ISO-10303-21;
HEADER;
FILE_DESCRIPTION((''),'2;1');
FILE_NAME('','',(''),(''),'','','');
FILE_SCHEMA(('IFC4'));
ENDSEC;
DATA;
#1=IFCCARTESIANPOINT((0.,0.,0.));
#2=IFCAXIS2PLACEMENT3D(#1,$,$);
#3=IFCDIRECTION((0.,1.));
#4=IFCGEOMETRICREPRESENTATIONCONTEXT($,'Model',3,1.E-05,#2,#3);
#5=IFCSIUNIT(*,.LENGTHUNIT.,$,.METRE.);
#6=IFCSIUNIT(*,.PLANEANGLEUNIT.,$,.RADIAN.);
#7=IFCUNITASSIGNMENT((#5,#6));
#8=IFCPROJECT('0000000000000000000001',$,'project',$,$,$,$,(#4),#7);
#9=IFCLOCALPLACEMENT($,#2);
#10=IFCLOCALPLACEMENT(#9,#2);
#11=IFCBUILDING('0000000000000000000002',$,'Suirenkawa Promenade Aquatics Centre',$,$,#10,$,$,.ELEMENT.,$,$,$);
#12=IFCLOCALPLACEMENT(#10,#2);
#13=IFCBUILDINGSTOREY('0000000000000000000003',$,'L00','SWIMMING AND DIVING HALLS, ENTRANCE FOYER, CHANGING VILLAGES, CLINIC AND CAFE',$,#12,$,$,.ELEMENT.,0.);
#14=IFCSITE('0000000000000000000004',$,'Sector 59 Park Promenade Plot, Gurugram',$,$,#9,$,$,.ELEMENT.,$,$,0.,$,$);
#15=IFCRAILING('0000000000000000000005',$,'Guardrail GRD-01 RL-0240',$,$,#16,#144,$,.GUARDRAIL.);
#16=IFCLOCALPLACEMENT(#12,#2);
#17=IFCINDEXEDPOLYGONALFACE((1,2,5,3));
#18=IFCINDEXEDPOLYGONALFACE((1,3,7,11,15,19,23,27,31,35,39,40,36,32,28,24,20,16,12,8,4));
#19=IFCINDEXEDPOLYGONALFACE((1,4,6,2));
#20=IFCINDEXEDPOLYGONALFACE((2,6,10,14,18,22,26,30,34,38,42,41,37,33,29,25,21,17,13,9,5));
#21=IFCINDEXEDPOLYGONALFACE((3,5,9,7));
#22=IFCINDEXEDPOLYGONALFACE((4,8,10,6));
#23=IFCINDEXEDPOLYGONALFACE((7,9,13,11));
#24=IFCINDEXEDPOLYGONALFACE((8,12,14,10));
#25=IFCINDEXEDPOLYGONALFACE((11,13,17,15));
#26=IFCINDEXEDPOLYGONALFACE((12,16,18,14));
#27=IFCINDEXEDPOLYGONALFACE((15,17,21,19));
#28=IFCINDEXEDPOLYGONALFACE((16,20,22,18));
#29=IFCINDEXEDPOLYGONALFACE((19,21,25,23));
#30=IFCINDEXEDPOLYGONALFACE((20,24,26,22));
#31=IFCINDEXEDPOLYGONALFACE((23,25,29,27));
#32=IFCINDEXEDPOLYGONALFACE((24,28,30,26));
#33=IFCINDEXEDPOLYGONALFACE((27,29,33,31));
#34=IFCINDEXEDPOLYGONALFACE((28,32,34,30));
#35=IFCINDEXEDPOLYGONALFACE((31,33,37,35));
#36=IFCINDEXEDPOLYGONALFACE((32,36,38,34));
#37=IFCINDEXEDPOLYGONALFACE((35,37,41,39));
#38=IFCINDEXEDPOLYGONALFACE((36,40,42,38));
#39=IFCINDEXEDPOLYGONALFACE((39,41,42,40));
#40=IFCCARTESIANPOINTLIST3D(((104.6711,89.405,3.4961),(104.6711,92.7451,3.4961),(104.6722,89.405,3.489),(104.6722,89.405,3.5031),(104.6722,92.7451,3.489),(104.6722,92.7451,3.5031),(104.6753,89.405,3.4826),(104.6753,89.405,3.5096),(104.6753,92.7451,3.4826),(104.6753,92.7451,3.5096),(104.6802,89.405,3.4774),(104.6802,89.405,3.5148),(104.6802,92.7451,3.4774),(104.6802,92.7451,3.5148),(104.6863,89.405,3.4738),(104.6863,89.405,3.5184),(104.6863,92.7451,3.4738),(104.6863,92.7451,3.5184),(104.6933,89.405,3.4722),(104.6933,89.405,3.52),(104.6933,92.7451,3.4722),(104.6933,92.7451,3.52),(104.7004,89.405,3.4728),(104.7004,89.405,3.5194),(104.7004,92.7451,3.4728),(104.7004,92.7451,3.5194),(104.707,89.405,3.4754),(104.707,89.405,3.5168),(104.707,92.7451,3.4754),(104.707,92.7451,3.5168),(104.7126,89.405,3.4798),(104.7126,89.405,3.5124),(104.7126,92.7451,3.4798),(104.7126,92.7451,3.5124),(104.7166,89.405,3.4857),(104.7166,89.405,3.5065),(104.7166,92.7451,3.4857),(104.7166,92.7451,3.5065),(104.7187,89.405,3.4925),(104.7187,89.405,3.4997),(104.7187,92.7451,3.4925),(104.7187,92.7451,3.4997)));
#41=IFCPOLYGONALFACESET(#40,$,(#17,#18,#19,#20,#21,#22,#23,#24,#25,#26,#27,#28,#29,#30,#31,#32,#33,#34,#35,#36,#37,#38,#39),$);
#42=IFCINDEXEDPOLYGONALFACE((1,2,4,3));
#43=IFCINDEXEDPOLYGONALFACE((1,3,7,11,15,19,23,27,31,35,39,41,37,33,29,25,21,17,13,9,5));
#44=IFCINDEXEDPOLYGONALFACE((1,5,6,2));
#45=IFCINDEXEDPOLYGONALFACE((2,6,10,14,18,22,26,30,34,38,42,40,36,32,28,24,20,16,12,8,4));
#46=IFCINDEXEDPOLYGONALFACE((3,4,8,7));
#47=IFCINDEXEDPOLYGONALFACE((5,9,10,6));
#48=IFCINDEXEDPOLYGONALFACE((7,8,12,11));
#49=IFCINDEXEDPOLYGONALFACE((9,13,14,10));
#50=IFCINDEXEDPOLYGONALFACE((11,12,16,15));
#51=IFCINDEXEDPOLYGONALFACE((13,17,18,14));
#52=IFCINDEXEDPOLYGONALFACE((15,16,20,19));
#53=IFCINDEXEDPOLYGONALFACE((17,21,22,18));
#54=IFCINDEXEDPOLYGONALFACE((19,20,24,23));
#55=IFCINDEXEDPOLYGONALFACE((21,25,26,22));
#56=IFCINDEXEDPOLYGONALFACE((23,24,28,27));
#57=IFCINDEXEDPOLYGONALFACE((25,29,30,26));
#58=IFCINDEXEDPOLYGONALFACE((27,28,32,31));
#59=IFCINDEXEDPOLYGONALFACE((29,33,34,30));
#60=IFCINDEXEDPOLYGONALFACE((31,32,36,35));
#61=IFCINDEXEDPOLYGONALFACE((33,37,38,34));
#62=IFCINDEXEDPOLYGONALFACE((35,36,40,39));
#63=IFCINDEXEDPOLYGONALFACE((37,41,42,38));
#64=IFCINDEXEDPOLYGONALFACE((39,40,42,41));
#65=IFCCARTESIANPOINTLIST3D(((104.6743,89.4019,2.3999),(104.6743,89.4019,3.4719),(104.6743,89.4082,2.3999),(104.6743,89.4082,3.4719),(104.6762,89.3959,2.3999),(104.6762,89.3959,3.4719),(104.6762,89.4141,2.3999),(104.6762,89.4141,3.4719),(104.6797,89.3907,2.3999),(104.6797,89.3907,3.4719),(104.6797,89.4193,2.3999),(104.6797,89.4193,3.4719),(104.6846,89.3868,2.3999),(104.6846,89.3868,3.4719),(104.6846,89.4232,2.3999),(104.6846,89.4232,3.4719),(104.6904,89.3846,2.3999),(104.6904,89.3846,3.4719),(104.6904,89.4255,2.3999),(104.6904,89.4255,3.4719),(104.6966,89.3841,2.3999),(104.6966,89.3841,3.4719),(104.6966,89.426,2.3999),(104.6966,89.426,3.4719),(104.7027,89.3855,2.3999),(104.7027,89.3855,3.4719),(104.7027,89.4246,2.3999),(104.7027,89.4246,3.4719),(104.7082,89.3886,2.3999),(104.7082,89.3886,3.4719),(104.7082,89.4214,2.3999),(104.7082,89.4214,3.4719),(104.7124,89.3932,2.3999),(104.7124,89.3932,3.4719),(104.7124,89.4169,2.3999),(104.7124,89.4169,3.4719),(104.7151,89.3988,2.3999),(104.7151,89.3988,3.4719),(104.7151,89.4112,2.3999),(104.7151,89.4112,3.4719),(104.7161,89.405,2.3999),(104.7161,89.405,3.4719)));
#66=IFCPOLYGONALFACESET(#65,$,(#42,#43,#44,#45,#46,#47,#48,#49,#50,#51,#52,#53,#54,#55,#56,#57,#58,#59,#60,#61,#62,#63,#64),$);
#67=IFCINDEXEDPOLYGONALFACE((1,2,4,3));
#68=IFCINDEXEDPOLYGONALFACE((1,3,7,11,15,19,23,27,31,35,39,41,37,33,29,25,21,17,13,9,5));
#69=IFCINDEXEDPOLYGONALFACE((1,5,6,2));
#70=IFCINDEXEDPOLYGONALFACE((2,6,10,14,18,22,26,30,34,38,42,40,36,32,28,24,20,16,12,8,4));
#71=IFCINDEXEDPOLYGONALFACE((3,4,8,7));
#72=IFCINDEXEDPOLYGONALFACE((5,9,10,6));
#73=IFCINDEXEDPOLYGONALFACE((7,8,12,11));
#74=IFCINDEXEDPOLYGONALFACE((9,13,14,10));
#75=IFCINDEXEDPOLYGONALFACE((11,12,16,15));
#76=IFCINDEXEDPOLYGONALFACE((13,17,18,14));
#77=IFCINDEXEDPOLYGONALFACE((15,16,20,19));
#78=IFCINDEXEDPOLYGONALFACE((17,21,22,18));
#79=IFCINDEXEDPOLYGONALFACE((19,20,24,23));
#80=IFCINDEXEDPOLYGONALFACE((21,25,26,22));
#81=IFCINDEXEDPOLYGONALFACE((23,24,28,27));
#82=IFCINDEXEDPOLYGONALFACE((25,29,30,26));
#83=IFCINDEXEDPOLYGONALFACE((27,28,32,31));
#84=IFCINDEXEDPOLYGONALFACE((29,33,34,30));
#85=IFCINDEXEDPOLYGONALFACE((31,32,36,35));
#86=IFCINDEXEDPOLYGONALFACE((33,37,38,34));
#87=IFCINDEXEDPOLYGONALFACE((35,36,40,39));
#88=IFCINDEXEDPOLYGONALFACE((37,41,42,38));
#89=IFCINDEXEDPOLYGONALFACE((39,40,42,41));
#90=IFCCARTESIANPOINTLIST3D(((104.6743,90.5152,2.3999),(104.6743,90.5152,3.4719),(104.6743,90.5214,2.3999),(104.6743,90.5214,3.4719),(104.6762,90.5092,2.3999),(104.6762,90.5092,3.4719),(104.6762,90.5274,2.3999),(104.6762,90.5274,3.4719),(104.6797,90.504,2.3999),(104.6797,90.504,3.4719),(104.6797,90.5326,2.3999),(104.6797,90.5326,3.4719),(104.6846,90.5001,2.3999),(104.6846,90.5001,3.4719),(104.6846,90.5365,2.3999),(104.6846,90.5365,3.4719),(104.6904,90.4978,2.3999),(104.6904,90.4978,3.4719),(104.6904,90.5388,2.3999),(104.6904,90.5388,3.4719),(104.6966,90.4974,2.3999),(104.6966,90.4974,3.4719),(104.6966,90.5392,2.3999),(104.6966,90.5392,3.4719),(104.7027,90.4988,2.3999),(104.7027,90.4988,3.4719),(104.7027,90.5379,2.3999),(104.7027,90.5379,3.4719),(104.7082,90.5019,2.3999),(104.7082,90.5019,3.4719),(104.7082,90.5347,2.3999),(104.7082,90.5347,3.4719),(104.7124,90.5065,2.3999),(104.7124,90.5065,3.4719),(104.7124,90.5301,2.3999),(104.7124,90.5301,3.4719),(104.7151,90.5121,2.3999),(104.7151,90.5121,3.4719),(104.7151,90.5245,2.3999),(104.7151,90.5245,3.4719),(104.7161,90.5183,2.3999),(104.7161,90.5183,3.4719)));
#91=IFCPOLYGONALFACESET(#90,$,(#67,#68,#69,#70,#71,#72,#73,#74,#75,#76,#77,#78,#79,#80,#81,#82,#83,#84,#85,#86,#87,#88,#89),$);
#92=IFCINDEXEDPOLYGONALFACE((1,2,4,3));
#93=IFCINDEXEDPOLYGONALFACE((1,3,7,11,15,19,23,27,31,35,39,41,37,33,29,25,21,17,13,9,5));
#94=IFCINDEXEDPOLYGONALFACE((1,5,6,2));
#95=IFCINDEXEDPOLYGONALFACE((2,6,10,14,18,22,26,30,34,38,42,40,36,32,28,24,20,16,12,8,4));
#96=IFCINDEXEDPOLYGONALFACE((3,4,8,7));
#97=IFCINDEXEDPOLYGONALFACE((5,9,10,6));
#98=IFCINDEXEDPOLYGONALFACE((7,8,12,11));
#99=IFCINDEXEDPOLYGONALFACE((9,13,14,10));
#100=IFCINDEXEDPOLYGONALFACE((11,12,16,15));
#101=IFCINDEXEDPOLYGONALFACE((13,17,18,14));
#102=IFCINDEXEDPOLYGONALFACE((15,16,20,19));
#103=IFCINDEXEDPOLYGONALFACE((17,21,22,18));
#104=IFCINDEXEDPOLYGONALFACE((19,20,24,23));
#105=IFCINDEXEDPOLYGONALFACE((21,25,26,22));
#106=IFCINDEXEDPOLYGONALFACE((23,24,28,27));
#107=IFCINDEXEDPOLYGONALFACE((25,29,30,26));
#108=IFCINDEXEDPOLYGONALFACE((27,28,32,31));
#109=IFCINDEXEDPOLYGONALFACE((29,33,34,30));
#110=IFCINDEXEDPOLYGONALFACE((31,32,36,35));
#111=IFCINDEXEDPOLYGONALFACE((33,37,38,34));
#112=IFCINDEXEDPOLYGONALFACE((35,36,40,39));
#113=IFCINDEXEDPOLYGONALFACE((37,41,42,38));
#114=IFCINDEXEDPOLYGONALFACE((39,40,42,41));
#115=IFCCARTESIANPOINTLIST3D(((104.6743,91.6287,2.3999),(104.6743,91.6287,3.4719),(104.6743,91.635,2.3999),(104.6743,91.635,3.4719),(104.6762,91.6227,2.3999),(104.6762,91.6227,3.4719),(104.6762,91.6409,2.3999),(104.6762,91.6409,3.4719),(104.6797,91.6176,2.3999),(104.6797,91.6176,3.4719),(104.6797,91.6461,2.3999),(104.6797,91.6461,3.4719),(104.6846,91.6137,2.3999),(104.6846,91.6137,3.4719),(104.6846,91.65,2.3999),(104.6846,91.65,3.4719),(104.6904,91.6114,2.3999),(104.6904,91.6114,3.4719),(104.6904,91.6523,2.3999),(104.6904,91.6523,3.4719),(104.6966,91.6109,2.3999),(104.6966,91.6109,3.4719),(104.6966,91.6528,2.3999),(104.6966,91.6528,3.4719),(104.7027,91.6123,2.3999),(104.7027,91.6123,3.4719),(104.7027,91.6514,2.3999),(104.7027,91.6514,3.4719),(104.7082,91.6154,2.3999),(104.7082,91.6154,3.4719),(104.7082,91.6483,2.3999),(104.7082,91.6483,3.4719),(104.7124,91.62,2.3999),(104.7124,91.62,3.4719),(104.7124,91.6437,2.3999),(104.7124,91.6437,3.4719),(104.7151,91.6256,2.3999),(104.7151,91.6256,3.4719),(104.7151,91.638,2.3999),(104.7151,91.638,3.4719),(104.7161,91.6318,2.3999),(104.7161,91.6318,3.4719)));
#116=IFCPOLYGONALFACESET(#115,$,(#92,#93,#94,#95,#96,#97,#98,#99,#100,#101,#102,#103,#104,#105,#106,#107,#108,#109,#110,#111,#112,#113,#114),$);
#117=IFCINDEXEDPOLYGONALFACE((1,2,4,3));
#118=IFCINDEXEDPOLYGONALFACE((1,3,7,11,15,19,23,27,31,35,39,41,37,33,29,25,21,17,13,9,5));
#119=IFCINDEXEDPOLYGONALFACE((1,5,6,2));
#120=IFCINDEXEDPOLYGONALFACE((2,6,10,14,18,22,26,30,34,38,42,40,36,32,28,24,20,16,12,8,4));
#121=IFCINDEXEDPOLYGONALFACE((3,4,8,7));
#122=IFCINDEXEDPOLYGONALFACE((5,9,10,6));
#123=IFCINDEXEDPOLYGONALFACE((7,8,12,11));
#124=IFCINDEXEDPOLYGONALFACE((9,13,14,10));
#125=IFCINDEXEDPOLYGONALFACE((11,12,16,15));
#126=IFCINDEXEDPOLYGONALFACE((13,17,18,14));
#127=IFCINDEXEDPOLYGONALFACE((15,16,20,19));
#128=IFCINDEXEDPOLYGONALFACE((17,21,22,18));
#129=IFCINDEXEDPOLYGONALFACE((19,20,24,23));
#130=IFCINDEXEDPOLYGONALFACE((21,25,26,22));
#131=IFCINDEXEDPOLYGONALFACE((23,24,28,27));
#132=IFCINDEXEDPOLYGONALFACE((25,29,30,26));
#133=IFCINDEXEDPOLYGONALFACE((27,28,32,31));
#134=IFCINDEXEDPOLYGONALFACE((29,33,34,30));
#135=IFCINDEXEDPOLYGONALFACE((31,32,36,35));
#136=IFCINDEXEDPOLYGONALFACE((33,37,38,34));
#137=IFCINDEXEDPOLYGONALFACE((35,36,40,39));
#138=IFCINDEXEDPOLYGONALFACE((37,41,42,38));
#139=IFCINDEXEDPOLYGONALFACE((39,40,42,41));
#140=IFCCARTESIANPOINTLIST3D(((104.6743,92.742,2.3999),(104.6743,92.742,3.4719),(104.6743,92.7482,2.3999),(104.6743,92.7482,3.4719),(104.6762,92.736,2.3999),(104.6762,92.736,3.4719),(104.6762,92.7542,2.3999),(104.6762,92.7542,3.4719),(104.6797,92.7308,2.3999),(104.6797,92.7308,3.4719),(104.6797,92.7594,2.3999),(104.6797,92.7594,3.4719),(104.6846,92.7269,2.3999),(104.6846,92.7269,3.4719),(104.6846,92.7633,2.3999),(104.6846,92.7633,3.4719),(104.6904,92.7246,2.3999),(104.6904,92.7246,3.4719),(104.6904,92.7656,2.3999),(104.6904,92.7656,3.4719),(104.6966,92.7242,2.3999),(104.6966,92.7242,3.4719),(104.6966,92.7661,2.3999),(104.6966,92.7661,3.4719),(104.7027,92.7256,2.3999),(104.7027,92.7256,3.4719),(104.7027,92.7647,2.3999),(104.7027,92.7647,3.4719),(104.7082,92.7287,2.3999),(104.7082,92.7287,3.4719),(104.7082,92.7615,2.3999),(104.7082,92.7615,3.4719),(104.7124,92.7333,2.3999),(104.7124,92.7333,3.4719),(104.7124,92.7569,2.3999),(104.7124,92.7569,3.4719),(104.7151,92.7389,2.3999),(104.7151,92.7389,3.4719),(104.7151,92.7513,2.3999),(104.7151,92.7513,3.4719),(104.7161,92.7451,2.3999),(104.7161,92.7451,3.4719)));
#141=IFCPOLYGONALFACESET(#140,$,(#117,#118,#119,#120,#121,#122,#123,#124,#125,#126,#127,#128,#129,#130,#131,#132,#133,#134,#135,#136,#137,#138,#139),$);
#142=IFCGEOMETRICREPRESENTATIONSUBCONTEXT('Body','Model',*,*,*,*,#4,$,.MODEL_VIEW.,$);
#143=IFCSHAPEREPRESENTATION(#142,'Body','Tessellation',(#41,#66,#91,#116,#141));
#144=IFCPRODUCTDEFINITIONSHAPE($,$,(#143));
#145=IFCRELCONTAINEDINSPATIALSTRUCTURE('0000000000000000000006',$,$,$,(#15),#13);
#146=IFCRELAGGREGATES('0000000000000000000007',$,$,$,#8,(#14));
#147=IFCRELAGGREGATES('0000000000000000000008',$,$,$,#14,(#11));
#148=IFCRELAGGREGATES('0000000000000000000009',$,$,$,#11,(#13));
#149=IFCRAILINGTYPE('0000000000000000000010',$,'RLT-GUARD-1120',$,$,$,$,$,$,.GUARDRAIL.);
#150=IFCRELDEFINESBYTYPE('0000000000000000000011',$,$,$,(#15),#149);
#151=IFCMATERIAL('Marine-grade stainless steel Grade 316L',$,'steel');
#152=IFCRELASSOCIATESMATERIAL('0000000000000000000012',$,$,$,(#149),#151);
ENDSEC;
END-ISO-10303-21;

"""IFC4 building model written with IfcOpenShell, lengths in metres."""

from ifc_helpers import new_model, si_unit, direction, frame, origin, origin_2d, place, context, subcontext, project, spatial, circle, extrude, material, type_object, element, save


model = new_model("IFC4")

# Units and contexts
model_context = context("Model", 3, precision=1e-05, world=origin(), true_north=direction((0.0, 1.0)))
body_context = subcontext(model_context, "Body", "Model", "MODEL_VIEW")
ifc_project = project(units=[si_unit("LENGTHUNIT", "METRE"), si_unit("PLANEANGLEUNIT", "RADIAN")], contexts=[model_context])

# Site, building, storey
site_placement = place(None, origin())
site = spatial("IfcSite", under=ifc_project, at=site_placement, Name="Sector 59 Park Promenade Plot, Gurugram", CompositionType="ELEMENT", RefElevation=0.0)
building_placement = place(site_placement, origin())
building = spatial("IfcBuilding", under=site, at=building_placement, Name="Suirenkawa Promenade Aquatics Centre", CompositionType="ELEMENT")
storey_placement = place(building_placement, origin())
storey = spatial("IfcBuildingStorey", under=building, at=storey_placement, Name="L00", Description="SWIMMING AND DIVING HALLS, ENTRANCE FOYER, CHANGING VILLAGES, CLINIC AND CAFE", CompositionType="ELEMENT", Elevation=0.0)

# Railing
ifc_material_1 = material(Name="Marine-grade stainless steel Grade 316L", Category="steel")
railing_type = type_object("IfcRailingType", Name="RLT-GUARD-1120", PredefinedType="GUARDRAIL", material=ifc_material_1)
for number, where, name in (
    (1, (104.6951, 89.405, 2.3999), "Guardrail GRD-01 RL-0240"),
):
    element("IfcRailing", number, at=place(storey_placement, frame(where)), inside=storey, type_object=railing_type, Name=name, PredefinedType="GUARDRAIL", context=body_context, shape_type="SweptSolid", body=[
        extrude(circle(Radius=0.0239, at=origin_2d()), frame((0.0, 0.0, 1.0962), z_axis=(0.0, 1.0, 0.0), x_axis=(-1.0, 0.0, 0.0)), (0.0, 0.0, 1.0), 3.3401),
        extrude(circle(Radius=0.021, at=origin_2d()), origin(), (0.0, 0.0, 1.0), 1.072),
        extrude(circle(Radius=0.021, at=origin_2d()), frame((0.0, 1.1133, 0.0)), (0.0, 0.0, 1.0), 1.072),
        extrude(circle(Radius=0.021, at=origin_2d()), frame((0.0, 2.2268, 0.0)), (0.0, 0.0, 1.0), 1.072),
        extrude(circle(Radius=0.021, at=origin_2d()), frame((0.0, 3.3401, 0.0)), (0.0, 0.0, 1.0), 1.072),
    ])

save(model, "model.ifc")
